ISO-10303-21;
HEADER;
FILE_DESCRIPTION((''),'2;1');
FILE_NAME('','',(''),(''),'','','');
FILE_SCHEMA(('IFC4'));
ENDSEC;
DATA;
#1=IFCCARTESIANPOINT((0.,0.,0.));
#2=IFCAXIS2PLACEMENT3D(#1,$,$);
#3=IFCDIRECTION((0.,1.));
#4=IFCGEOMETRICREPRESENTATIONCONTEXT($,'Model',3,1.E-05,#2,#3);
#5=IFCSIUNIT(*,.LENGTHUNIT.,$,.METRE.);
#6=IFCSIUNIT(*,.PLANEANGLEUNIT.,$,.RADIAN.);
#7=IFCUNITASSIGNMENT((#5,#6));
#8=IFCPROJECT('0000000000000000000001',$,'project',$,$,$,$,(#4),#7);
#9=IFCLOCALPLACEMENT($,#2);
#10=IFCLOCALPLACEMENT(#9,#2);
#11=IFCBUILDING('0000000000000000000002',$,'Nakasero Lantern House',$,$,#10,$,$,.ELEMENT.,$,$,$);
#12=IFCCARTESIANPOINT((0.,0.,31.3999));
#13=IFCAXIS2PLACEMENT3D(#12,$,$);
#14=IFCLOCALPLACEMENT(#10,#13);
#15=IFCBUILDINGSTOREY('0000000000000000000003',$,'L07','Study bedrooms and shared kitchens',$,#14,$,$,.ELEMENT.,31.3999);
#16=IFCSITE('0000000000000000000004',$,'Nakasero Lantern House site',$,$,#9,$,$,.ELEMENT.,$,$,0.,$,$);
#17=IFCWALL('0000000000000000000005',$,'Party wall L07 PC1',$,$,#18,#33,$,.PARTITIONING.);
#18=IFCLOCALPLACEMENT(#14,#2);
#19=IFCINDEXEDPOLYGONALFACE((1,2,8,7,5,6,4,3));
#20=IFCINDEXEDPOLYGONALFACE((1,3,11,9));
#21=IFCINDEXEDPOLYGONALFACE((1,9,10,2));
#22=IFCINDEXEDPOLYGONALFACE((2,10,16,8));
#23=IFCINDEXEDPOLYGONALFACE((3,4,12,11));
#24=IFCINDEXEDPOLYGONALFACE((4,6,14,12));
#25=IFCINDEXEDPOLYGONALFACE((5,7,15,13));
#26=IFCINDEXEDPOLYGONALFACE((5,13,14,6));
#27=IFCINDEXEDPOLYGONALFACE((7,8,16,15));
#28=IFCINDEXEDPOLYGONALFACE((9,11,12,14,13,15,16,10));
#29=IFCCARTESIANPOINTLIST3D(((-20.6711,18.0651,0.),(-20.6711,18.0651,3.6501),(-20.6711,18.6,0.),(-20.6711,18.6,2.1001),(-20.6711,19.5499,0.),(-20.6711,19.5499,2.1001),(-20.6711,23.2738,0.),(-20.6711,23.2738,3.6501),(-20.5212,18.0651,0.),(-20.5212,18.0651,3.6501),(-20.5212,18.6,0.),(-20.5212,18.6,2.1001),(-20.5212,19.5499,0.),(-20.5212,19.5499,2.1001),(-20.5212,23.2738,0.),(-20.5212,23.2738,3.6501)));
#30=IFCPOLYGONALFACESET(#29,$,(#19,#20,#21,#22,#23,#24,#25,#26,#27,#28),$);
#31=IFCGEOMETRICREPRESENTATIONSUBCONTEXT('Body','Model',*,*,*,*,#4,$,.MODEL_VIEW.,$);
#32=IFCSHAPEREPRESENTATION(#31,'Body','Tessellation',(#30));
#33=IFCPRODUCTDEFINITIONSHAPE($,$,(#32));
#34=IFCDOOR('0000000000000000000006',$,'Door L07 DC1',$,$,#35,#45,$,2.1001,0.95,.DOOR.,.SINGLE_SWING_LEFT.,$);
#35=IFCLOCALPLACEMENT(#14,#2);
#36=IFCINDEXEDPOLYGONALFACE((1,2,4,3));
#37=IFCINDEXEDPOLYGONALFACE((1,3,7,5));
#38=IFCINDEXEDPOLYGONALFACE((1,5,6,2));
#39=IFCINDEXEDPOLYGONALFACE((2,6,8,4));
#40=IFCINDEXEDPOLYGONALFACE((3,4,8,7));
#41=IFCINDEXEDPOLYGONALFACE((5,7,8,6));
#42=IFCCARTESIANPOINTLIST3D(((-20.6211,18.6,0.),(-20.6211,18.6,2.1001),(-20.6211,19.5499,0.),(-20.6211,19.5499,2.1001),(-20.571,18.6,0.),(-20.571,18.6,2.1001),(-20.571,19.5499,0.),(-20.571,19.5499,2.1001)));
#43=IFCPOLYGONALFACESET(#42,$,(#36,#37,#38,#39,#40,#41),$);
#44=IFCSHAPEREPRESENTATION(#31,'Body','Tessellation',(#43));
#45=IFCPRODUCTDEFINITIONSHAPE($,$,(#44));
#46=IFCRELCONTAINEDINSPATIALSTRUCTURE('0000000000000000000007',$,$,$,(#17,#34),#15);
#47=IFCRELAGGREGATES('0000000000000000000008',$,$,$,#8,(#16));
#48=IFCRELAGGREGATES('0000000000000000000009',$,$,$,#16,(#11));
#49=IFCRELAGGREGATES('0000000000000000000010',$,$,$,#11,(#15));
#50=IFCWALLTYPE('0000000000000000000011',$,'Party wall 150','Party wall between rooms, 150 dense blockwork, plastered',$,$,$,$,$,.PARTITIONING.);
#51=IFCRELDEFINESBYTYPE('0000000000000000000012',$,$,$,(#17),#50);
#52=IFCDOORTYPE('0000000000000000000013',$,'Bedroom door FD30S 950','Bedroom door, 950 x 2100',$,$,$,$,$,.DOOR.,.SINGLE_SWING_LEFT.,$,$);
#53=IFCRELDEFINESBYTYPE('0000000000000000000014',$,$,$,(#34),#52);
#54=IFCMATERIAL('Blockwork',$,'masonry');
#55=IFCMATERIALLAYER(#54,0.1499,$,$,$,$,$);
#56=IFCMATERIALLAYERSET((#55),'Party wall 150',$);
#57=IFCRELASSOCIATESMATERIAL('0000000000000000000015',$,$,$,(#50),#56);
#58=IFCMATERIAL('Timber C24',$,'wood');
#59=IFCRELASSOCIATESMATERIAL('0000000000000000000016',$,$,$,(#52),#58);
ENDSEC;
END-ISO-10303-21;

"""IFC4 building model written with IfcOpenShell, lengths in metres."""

from ifc_helpers import new_model, si_unit, direction, frame, frame_2d, origin, place, context, subcontext, project, spatial, rectangle, extrude, material, layer, layer_set, type_object, element, fill, save


model = new_model("IFC4")

# Units and contexts
model_context = context("Model", 3, precision=1e-05, world=origin(), true_north=direction((0.0, 1.0)))
body_context = subcontext(model_context, "Body", "Model", "MODEL_VIEW")
ifc_project = project(units=[si_unit("LENGTHUNIT", "METRE"), si_unit("PLANEANGLEUNIT", "RADIAN")], contexts=[model_context])

# Site, building, storey
site_placement = place(None, origin())
site = spatial("IfcSite", under=ifc_project, at=site_placement, Name="Nakasero Lantern House site", CompositionType="ELEMENT", RefElevation=0.0)
building_placement = place(site_placement, origin())
building = spatial("IfcBuilding", under=site, at=building_placement, Name="Nakasero Lantern House", CompositionType="ELEMENT")
storey_placement = place(building_placement, frame((0.0, 0.0, 31.3999)))
storey = spatial("IfcBuildingStorey", under=building, at=storey_placement, Name="L07", Description="Study bedrooms and shared kitchens", CompositionType="ELEMENT", Elevation=31.3999)

# Wall, opening, door
ifc_material_1 = material(Name="Blockwork", Category="masonry")
ifc_layer_1 = layer(ifc_material_1, 0.1499)
ifc_layer_set_1 = layer_set([ifc_layer_1], Name="Party wall 150")
wall_type_1 = type_object("IfcWallType", Name="Party wall 150", Description="Party wall between rooms, 150 dense blockwork, plastered", PredefinedType="PARTITIONING", material=ifc_layer_set_1)
wall_1_placement = place(storey_placement, frame((-20.5962, 18.0649, 0.0), z_axis=(0.0, 0.0, 1.0), x_axis=(0.0, 1.0, 0.0)))
wall_1 = element("IfcWall", 1, at=wall_1_placement, inside=storey, type_object=wall_type_1, Name="Party wall L07 PC1", PredefinedType="PARTITIONING", context=body_context, shape_type="SweptSolid", body=[
    extrude(rectangle(XDim=5.2087, YDim=0.1499, at=frame_2d((2.6045, 0.0))), origin(), (0.0, 0.0, 1.0), 3.6501),
])
opening_1_placement = place(wall_1_placement, frame((0.5349, 0.0, 0.0)))
opening_1 = element("IfcOpeningElement", 2, at=opening_1_placement, cuts=wall_1, PredefinedType="OPENING", context=body_context, shape_type="SweptSolid", body=[
    extrude(rectangle(XDim=0.95, YDim=2.1001, at=frame_2d((0.4751, 1.05))), frame((0.0, 0.095, 0.0), z_axis=(0.0, -1.0, 0.0), x_axis=(1.0, 0.0, 0.0)), (0.0, 0.0, 1.0), 0.1899),
])
ifc_material_2 = material(Name="Timber C24", Category="wood")
door_type_1 = type_object("IfcDoorType", Name="Bedroom door FD30S 950", Description="Bedroom door, 950 x 2100", OperationType="SINGLE_SWING_LEFT", PredefinedType="DOOR", material=ifc_material_2)
door_1_placement = place(opening_1_placement, origin())
door_1 = element("IfcDoor", 3, at=door_1_placement, inside=storey, type_object=door_type_1, Name="Door L07 DC1", OperationType="SINGLE_SWING_LEFT", OverallHeight=2.1001, OverallWidth=0.95, PredefinedType="DOOR", context=body_context, shape_type="SweptSolid", body=[
    extrude(rectangle(XDim=0.95, YDim=2.1001, at=frame_2d((0.4751, 1.05))), frame((0.0, 0.0249, 0.0), z_axis=(0.0, -1.0, 0.0), x_axis=(1.0, 0.0, 0.0)), (0.0, 0.0, 1.0), 0.05),
])
fill(opening_1, door_1)

save(model, "model.ifc")
